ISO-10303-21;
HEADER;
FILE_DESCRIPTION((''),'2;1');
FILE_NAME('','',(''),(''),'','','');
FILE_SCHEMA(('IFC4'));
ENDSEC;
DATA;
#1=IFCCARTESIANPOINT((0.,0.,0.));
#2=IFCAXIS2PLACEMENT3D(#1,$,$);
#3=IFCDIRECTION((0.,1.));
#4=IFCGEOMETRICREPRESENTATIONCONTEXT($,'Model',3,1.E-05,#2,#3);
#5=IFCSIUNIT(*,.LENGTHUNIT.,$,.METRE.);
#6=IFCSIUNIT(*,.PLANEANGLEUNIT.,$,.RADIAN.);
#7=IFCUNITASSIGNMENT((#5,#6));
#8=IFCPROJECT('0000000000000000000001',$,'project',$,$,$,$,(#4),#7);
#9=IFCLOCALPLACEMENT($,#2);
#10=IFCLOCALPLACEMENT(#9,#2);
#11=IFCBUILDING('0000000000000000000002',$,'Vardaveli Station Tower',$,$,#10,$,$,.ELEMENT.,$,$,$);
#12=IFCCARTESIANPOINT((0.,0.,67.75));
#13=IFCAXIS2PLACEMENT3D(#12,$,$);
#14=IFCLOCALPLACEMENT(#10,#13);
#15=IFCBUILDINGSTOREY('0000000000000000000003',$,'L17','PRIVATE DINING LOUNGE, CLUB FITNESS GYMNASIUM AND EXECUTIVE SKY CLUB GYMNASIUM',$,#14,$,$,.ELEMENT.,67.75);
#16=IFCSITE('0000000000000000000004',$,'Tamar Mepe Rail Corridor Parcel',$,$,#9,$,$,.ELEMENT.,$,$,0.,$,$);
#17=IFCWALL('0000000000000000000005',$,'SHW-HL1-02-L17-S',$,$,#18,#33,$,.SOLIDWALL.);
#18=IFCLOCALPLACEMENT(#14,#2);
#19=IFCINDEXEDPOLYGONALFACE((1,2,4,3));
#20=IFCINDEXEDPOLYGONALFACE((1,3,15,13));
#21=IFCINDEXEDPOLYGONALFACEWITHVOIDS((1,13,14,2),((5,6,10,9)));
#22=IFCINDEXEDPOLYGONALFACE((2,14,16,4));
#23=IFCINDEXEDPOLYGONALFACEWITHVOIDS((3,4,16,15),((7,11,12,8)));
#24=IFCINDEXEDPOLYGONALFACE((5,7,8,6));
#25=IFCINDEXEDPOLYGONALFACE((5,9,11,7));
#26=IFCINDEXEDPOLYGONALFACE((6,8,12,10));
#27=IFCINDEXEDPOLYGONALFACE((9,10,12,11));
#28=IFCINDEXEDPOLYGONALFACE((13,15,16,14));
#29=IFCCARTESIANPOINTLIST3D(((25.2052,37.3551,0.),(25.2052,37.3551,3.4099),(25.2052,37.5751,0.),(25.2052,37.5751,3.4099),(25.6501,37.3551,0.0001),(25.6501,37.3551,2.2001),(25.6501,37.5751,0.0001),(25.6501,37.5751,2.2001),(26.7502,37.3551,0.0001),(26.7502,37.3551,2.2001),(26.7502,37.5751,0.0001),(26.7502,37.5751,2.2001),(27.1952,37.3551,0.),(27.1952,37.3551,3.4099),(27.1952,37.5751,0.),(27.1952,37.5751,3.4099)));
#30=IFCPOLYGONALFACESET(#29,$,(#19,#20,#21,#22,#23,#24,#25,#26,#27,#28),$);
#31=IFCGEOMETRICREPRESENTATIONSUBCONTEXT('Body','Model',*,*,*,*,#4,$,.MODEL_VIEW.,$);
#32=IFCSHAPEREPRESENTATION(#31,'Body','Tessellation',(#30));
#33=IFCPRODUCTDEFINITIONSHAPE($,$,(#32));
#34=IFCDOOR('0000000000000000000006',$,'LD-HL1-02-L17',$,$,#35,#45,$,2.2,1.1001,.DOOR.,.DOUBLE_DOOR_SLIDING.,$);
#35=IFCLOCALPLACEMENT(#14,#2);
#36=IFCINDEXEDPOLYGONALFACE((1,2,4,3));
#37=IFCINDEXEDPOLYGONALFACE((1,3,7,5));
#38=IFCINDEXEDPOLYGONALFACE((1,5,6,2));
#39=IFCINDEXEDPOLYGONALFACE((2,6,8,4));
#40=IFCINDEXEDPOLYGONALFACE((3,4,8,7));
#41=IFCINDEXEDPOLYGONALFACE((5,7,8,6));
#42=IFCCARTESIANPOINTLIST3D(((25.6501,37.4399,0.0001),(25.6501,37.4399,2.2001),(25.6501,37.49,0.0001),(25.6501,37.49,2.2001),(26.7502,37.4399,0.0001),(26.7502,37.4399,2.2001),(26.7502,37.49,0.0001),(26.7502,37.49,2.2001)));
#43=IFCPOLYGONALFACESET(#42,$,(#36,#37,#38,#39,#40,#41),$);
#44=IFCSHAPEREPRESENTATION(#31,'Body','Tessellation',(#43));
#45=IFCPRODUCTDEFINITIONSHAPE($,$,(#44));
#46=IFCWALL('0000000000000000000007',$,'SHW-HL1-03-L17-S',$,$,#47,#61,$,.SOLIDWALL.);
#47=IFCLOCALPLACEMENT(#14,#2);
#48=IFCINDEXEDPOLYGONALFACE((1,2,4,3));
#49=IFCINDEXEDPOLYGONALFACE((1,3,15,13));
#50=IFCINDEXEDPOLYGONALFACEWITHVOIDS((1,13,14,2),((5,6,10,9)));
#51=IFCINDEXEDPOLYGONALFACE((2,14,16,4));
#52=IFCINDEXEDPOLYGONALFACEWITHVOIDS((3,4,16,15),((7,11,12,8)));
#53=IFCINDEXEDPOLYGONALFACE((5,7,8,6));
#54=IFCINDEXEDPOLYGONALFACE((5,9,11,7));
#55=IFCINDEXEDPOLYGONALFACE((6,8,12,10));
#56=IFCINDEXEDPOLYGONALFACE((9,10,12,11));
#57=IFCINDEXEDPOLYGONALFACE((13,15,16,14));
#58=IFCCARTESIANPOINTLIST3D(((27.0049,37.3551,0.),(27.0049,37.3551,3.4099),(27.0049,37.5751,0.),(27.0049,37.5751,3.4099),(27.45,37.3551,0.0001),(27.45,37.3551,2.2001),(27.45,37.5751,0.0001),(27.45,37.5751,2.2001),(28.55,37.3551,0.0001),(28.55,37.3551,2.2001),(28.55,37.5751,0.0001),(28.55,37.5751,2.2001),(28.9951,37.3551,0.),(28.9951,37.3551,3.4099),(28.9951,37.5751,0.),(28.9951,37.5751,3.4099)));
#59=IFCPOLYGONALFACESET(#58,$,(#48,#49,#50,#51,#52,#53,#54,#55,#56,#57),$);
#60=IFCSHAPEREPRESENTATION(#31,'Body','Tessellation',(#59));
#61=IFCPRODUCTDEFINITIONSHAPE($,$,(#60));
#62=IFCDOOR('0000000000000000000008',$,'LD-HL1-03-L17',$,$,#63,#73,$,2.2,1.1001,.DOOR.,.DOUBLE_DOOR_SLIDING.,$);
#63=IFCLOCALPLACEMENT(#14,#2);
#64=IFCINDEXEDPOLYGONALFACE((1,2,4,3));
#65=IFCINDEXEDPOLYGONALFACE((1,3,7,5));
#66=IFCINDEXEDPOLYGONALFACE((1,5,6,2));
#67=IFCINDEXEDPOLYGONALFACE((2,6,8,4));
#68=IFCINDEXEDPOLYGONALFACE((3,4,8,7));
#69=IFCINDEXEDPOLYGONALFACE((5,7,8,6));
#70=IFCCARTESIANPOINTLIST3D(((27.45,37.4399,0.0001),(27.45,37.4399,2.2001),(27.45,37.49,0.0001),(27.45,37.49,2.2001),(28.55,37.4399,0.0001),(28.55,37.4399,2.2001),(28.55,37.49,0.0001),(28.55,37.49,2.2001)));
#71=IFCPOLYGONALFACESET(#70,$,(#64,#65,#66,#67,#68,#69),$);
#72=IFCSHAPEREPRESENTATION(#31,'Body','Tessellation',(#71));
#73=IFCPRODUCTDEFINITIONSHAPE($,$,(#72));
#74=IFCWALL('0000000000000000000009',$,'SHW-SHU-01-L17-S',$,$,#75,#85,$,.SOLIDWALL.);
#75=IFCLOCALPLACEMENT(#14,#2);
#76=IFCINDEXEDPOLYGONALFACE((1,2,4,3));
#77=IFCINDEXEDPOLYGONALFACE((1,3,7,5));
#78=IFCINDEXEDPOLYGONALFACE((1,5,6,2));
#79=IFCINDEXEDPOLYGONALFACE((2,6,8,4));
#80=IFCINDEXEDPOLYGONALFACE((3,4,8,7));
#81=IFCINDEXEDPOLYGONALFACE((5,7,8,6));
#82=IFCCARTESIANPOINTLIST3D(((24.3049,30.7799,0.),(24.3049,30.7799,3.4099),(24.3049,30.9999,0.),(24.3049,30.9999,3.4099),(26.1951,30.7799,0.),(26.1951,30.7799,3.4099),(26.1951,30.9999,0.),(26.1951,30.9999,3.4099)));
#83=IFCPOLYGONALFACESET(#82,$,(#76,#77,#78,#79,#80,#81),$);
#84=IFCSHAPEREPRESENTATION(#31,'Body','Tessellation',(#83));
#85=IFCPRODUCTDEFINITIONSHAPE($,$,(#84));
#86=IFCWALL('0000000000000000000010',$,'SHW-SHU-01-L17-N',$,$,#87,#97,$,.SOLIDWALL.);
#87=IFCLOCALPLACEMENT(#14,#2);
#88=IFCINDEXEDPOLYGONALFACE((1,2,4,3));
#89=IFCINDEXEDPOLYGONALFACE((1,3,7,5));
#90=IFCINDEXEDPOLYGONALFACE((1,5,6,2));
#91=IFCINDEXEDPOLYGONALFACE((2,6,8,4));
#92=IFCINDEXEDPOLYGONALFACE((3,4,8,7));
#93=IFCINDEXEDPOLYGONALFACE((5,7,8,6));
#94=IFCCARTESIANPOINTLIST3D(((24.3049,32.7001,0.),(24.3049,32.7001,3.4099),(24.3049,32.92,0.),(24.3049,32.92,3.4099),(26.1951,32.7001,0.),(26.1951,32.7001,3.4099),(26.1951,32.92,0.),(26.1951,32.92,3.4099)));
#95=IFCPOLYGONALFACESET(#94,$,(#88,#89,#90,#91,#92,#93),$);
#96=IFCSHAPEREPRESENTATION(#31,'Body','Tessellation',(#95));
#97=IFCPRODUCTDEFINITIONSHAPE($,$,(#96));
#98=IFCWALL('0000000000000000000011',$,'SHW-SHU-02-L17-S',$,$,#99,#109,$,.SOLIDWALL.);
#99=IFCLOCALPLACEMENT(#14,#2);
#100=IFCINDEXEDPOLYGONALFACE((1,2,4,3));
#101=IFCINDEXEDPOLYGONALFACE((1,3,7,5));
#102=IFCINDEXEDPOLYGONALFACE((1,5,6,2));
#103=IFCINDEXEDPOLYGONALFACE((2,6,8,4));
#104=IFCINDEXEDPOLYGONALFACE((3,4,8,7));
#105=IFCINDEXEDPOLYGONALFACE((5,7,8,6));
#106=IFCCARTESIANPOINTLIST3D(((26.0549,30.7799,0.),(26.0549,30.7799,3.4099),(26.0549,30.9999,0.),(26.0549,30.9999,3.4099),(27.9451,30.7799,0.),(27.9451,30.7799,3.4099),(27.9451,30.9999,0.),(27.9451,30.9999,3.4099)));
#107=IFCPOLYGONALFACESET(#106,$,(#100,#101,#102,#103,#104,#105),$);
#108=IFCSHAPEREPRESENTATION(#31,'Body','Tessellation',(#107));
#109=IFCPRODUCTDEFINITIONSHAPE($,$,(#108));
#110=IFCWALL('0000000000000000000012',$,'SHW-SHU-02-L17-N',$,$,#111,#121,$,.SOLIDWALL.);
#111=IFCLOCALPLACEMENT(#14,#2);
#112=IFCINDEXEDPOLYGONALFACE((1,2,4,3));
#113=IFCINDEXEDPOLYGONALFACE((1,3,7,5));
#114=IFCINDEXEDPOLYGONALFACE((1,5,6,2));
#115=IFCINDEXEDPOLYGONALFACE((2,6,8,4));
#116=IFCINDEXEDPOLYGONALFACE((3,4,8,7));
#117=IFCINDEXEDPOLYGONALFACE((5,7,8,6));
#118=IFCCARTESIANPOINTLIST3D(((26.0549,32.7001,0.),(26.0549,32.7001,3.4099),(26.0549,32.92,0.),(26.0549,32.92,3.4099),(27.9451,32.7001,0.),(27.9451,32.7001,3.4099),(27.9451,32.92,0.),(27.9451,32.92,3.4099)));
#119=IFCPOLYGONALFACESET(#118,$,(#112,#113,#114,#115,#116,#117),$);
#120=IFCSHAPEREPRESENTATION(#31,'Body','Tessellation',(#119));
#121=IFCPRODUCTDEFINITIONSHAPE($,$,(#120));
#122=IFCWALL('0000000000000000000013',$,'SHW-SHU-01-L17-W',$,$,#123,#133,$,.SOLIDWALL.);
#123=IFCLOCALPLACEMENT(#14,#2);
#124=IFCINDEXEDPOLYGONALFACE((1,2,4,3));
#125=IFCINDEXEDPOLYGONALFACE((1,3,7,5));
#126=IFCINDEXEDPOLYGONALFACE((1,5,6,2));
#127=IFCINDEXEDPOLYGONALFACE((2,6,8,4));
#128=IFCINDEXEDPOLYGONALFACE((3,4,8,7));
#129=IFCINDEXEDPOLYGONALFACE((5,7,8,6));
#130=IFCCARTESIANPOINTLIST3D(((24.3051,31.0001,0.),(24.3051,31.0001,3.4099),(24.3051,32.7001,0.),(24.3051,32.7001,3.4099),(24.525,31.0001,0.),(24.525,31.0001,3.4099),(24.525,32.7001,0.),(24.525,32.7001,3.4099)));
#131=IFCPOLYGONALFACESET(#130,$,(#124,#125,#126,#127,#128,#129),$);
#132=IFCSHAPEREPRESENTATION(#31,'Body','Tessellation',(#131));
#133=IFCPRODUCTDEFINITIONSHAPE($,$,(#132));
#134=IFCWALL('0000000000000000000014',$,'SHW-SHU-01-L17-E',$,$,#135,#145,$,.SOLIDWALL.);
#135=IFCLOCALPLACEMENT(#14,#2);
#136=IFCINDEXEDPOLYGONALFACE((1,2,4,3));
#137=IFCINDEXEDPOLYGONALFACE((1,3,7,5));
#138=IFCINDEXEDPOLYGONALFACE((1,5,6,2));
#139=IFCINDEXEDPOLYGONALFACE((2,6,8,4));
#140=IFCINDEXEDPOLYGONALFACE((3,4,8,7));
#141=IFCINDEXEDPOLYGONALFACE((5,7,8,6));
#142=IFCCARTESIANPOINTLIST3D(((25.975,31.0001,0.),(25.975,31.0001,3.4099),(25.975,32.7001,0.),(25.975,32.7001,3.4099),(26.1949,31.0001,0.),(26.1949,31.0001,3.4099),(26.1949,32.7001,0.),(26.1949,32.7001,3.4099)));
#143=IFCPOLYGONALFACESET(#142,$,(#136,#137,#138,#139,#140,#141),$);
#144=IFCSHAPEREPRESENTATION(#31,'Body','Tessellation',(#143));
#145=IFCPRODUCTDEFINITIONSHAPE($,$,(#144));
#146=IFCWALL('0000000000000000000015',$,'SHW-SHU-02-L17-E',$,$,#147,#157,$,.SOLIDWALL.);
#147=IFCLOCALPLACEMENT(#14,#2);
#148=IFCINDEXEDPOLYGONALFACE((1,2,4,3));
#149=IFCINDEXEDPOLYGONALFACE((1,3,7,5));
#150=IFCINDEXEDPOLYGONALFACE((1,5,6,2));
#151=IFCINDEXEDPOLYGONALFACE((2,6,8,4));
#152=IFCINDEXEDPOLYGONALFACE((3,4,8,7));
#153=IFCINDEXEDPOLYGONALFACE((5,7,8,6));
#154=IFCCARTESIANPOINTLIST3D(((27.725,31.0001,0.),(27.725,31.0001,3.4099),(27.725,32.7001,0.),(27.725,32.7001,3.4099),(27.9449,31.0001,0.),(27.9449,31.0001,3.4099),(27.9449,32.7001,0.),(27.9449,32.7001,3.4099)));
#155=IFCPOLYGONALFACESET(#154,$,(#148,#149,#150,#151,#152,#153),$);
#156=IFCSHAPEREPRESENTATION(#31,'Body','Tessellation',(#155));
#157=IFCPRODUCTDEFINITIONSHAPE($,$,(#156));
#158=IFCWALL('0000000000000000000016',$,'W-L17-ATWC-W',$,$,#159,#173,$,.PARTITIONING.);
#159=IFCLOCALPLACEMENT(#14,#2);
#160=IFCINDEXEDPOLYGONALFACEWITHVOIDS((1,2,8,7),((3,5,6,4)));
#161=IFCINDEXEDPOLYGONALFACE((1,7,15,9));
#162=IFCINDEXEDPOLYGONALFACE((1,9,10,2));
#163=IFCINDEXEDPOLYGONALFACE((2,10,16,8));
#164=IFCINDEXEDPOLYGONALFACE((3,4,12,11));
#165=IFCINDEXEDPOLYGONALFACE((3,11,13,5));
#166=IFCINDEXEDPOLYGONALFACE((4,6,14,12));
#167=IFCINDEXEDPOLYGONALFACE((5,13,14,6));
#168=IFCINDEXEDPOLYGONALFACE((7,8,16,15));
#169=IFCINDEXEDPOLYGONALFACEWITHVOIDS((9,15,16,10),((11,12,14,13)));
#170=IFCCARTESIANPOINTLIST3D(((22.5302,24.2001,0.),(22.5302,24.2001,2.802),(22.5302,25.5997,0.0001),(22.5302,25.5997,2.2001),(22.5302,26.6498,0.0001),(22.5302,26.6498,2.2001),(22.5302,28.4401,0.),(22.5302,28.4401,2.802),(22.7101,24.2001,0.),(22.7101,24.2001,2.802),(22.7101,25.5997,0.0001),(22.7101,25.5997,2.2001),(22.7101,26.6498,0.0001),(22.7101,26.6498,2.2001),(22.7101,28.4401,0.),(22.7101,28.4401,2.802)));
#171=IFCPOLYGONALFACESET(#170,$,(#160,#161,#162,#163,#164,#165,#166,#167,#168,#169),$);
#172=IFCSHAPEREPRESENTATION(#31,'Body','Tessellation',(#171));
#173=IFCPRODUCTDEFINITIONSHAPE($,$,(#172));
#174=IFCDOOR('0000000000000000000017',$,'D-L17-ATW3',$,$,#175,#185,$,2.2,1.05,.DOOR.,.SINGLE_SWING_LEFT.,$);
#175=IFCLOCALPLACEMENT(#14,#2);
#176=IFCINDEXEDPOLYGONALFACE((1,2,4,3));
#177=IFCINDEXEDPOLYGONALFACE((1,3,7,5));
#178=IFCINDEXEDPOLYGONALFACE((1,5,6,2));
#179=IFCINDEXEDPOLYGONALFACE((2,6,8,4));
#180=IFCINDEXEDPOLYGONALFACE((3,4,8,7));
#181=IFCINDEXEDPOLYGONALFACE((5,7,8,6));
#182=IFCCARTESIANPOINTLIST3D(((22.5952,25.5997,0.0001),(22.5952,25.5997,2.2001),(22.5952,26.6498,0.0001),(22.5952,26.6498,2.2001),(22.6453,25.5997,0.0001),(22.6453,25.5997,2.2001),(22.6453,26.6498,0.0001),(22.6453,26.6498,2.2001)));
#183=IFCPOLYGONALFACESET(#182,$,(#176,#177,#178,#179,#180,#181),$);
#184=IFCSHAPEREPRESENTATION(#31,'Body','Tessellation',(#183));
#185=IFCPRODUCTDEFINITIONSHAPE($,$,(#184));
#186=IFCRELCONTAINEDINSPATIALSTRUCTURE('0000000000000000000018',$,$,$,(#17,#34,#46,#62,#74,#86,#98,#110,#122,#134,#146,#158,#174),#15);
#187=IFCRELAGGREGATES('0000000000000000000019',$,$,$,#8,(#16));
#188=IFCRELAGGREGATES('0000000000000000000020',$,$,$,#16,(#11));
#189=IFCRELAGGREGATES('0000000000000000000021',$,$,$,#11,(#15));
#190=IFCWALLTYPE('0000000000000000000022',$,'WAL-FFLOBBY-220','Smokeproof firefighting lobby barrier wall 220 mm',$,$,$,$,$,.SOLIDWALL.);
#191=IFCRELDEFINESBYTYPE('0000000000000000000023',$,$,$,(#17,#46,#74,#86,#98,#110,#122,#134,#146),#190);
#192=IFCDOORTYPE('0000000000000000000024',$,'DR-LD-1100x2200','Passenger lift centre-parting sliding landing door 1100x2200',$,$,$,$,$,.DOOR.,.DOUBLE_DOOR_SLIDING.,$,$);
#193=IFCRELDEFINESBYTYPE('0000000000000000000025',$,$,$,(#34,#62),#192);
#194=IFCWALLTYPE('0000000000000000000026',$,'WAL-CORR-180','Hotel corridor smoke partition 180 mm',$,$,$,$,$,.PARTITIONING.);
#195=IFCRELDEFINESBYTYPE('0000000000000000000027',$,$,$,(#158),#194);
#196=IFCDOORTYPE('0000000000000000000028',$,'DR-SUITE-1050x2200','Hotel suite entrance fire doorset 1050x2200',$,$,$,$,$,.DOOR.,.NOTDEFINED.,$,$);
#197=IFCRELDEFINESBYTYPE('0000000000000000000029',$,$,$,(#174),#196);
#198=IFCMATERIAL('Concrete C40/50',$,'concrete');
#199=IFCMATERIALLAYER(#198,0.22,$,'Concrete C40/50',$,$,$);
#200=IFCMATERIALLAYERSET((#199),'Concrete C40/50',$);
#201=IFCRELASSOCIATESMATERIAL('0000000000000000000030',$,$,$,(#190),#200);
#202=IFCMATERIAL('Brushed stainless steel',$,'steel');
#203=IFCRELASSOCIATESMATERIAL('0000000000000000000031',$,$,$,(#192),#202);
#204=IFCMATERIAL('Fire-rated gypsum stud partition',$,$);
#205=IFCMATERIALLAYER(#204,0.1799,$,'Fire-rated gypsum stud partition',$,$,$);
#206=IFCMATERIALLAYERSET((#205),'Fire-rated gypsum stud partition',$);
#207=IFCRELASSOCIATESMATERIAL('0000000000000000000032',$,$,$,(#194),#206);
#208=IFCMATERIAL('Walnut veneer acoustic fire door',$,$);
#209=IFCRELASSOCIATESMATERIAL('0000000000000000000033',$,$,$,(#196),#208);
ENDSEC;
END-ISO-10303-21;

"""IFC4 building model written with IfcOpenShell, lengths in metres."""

from ifc_helpers import new_model, si_unit, direction, frame, frame_2d, origin, place, context, subcontext, project, spatial, rectangle, extrude, source, transform, mapped, material, layer, layer_set, type_object, element, fill, save


model = new_model("IFC4")

# Units and contexts
model_context = context("Model", 3, precision=1e-05, world=origin(), true_north=direction((0.0, 1.0)))
body_context = subcontext(model_context, "Body", "Model", "MODEL_VIEW")
ifc_project = project(units=[si_unit("LENGTHUNIT", "METRE"), si_unit("PLANEANGLEUNIT", "RADIAN")], contexts=[model_context])

# Site, building, storey
site_placement = place(None, origin())
site = spatial("IfcSite", under=ifc_project, at=site_placement, Name="Tamar Mepe Rail Corridor Parcel", CompositionType="ELEMENT", RefElevation=0.0)
building_placement = place(site_placement, origin())
building = spatial("IfcBuilding", under=site, at=building_placement, Name="Vardaveli Station Tower", CompositionType="ELEMENT")
storey_placement = place(building_placement, frame((0.0, 0.0, 67.75)))
storey = spatial("IfcBuildingStorey", under=building, at=storey_placement, Name="L17", Description="PRIVATE DINING LOUNGE, CLUB FITNESS GYMNASIUM AND EXECUTIVE SKY CLUB GYMNASIUM", CompositionType="ELEMENT", Elevation=67.75)

# Shared definitions
ifc_material_1 = material(Name="Concrete C40/50", Category="concrete")
ifc_layer_1 = layer(ifc_material_1, 0.22, Name="Concrete C40/50")
ifc_layer_set_1 = layer_set([ifc_layer_1], Name="Concrete C40/50")
wall_type_1 = type_object("IfcWallType", Name="WAL-FFLOBBY-220", Description="Smokeproof firefighting lobby barrier wall 220 mm", PredefinedType="SOLIDWALL", material=ifc_layer_set_1)

# Walls, openings, doors
shared_shape_1 = source(origin(), body_context, "Body", "SweptSolid", [
    extrude(rectangle(XDim=1.99, YDim=0.22, at=frame_2d((0.9951, 0.0))), origin(), (0.0, 0.0, 1.0), 3.4099),
])
shared_shape_2 = source(origin(), body_context, "Body", "SweptSolid", [
    extrude(rectangle(XDim=1.1001, YDim=2.2, at=frame_2d((0.55, 1.1001))), frame((0.0, 0.1201, 0.0), z_axis=(0.0, -1.0, 0.0), x_axis=(1.0, 0.0, 0.0)), (0.0, 0.0, 1.0), 0.24),
])
ifc_material_2 = material(Name="Brushed stainless steel", Category="steel")
door_type_1 = type_object("IfcDoorType", Name="DR-LD-1100x2200", Description="Passenger lift centre-parting sliding landing door 1100x2200", OperationType="DOUBLE_DOOR_SLIDING", PredefinedType="DOOR", material=ifc_material_2)
shared_shape_3 = source(origin(), body_context, "Body", "SweptSolid", [
    extrude(rectangle(XDim=1.1001, YDim=2.2, at=frame_2d((0.55, 1.1001))), frame((0.0, 0.0249, 0.0), z_axis=(0.0, -1.0, 0.0), x_axis=(1.0, 0.0, 0.0)), (0.0, 0.0, 1.0), 0.05),
])
wall_1_placement = place(storey_placement, frame((25.2051, 37.4651, 0.0), z_axis=(0.0, 0.0, 1.0), x_axis=(1.0, 0.0, 0.0)))
wall_1 = element("IfcWall", 1, at=wall_1_placement, inside=storey, type_object=wall_type_1, Name="SHW-HL1-02-L17-S", PredefinedType="SOLIDWALL", context=body_context, shape_type="MappedRepresentation", body=[
    mapped(shared_shape_1, transform((0.0, 0.0, 0.0), scale=1.0)),
])
opening_1_placement = place(wall_1_placement, frame((0.4451, 0.0, 0.0)))
opening_1 = element("IfcOpeningElement", 2, at=opening_1_placement, cuts=wall_1, PredefinedType="OPENING", context=body_context, shape_type="MappedRepresentation", body=[
    mapped(shared_shape_2, transform((0.0, 0.0, 0.0), scale=1.0)),
])
door_1_placement = place(opening_1_placement, origin())
door_1 = element("IfcDoor", 3, at=door_1_placement, inside=storey, type_object=door_type_1, Name="LD-HL1-02-L17", OperationType="DOUBLE_DOOR_SLIDING", OverallHeight=2.2, OverallWidth=1.1001, PredefinedType="DOOR", context=body_context, shape_type="MappedRepresentation", body=[
    mapped(shared_shape_3, transform((0.0, 0.0, 0.0), scale=1.0)),
])
fill(opening_1, door_1)
shared_shape_4 = source(origin(), body_context, "Body", "SweptSolid", [
    extrude(rectangle(XDim=1.9902, YDim=0.22, at=frame_2d((0.9951, 0.0))), origin(), (0.0, 0.0, 1.0), 3.4099),
])
wall_2_placement = place(storey_placement, frame((27.0049, 37.4651, 0.0), z_axis=(0.0, 0.0, 1.0), x_axis=(1.0, 0.0, 0.0)))
wall_2 = element("IfcWall", 4, at=wall_2_placement, inside=storey, type_object=wall_type_1, Name="SHW-HL1-03-L17-S", PredefinedType="SOLIDWALL", context=body_context, shape_type="MappedRepresentation", body=[
    mapped(shared_shape_4, transform((0.0, 0.0, 0.0), scale=1.0)),
])
opening_2_placement = place(wall_2_placement, frame((0.4451, 0.0, 0.0)))
opening_2 = element("IfcOpeningElement", 5, at=opening_2_placement, cuts=wall_2, PredefinedType="OPENING", context=body_context, shape_type="MappedRepresentation", body=[
    mapped(shared_shape_2, transform((0.0, 0.0, 0.0), scale=1.0)),
])
door_2_placement = place(opening_2_placement, origin())
door_2 = element("IfcDoor", 6, at=door_2_placement, inside=storey, type_object=door_type_1, Name="LD-HL1-03-L17", OperationType="DOUBLE_DOOR_SLIDING", OverallHeight=2.2, OverallWidth=1.1001, PredefinedType="DOOR", context=body_context, shape_type="MappedRepresentation", body=[
    mapped(shared_shape_3, transform((0.0, 0.0, 0.0), scale=1.0)),
])
fill(opening_2, door_2)

# Walls
shared_shape_5 = source(origin(), body_context, "Body", "SweptSolid", [
    extrude(rectangle(XDim=1.8901, YDim=0.22, at=frame_2d((0.9451, 0.0))), origin(), (0.0, 0.0, 1.0), 3.4099),
])
for number, where, z_axis, x_axis, name in (
    (7, (24.3049, 30.8899, 0.0), (0.0, 0.0, 1.0), (1.0, 0.0, 0.0), "SHW-SHU-01-L17-S"),
    (8, (24.3049, 32.8101, 0.0), (0.0, 0.0, 1.0), (1.0, 0.0, 0.0), "SHW-SHU-01-L17-N"),
    (9, (26.0549, 30.8899, 0.0), (0.0, 0.0, 1.0), (1.0, 0.0, 0.0), "SHW-SHU-02-L17-S"),
    (10, (26.0549, 32.8101, 0.0), (0.0, 0.0, 1.0), (1.0, 0.0, 0.0), "SHW-SHU-02-L17-N"),
):
    element("IfcWall", number, at=place(storey_placement, frame(where, z_axis=z_axis, x_axis=x_axis)), inside=storey, type_object=wall_type_1, Name=name, PredefinedType="SOLIDWALL", context=body_context, shape_type="MappedRepresentation", body=[
        mapped(shared_shape_5, transform((0.0, 0.0, 0.0), scale=1.0)),
    ])
shared_shape_6 = source(origin(), body_context, "Body", "SweptSolid", [
    extrude(rectangle(XDim=1.7, YDim=0.22, at=frame_2d((0.8501, 0.0))), origin(), (0.0, 0.0, 1.0), 3.4099),
])
for number, where, z_axis, x_axis, name in (
    (11, (24.415, 31.0, 0.0), (0.0, 0.0, 1.0), (0.0, 1.0, 0.0), "SHW-SHU-01-L17-W"),
    (12, (26.085, 31.0, 0.0), (0.0, 0.0, 1.0), (0.0, 1.0, 0.0), "SHW-SHU-01-L17-E"),
    (13, (27.835, 31.0, 0.0), (0.0, 0.0, 1.0), (0.0, 1.0, 0.0), "SHW-SHU-02-L17-E"),
):
    element("IfcWall", number, at=place(storey_placement, frame(where, z_axis=z_axis, x_axis=x_axis)), inside=storey, type_object=wall_type_1, Name=name, PredefinedType="SOLIDWALL", context=body_context, shape_type="MappedRepresentation", body=[
        mapped(shared_shape_6, transform((0.0, 0.0, 0.0), scale=1.0)),
    ])

# Wall, opening, door
ifc_material_3 = material(Name="Fire-rated gypsum stud partition")
ifc_layer_2 = layer(ifc_material_3, 0.1799, Name="Fire-rated gypsum stud partition")
ifc_layer_set_2 = layer_set([ifc_layer_2], Name="Fire-rated gypsum stud partition")
wall_type_2 = type_object("IfcWallType", Name="WAL-CORR-180", Description="Hotel corridor smoke partition 180 mm", PredefinedType="PARTITIONING", material=ifc_layer_set_2)
shared_shape_7 = source(origin(), body_context, "Body", "SweptSolid", [
    extrude(rectangle(XDim=4.24, YDim=0.1799, at=frame_2d((2.1201, 0.0))), origin(), (0.0, 0.0, 1.0), 2.802),
])
wall_3_placement = place(storey_placement, frame((22.6201, 24.2, 0.0), z_axis=(0.0, 0.0, 1.0), x_axis=(0.0, 1.0, 0.0)))
wall_3 = element("IfcWall", 14, at=wall_3_placement, inside=storey, type_object=wall_type_2, Name="W-L17-ATWC-W", PredefinedType="PARTITIONING", context=body_context, shape_type="MappedRepresentation", body=[
    mapped(shared_shape_7, transform((0.0, 0.0, 0.0), scale=1.0)),
])
shared_shape_8 = source(origin(), body_context, "Body", "SweptSolid", [
    extrude(rectangle(XDim=1.05, YDim=2.2, at=frame_2d((0.5249, 1.1001))), frame((0.0, 0.1001, 0.0), z_axis=(0.0, -1.0, 0.0), x_axis=(1.0, 0.0, 0.0)), (0.0, 0.0, 1.0), 0.2),
])
opening_3_placement = place(wall_3_placement, frame((1.3999, 0.0, 0.0)))
opening_3 = element("IfcOpeningElement", 15, at=opening_3_placement, cuts=wall_3, PredefinedType="OPENING", context=body_context, shape_type="MappedRepresentation", body=[
    mapped(shared_shape_8, transform((0.0, 0.0, 0.0), scale=1.0)),
])
ifc_material_4 = material(Name="Walnut veneer acoustic fire door")
door_type_2 = type_object("IfcDoorType", Name="DR-SUITE-1050x2200", Description="Hotel suite entrance fire doorset 1050x2200", OperationType="NOTDEFINED", PredefinedType="DOOR", material=ifc_material_4)
shared_shape_9 = source(origin(), body_context, "Body", "SweptSolid", [
    extrude(rectangle(XDim=1.05, YDim=2.2, at=frame_2d((0.5249, 1.1001))), frame((0.0, 0.0249, 0.0), z_axis=(0.0, -1.0, 0.0), x_axis=(1.0, 0.0, 0.0)), (0.0, 0.0, 1.0), 0.05),
])
door_3_placement = place(opening_3_placement, origin())
door_3 = element("IfcDoor", 16, at=door_3_placement, inside=storey, type_object=door_type_2, Name="D-L17-ATW3", OperationType="SINGLE_SWING_LEFT", OverallHeight=2.2, OverallWidth=1.05, PredefinedType="DOOR", context=body_context, shape_type="MappedRepresentation", body=[
    mapped(shared_shape_9, transform((0.0, 0.0, 0.0), scale=1.0)),
])
fill(opening_3, door_3)

save(model, "model.ifc")
